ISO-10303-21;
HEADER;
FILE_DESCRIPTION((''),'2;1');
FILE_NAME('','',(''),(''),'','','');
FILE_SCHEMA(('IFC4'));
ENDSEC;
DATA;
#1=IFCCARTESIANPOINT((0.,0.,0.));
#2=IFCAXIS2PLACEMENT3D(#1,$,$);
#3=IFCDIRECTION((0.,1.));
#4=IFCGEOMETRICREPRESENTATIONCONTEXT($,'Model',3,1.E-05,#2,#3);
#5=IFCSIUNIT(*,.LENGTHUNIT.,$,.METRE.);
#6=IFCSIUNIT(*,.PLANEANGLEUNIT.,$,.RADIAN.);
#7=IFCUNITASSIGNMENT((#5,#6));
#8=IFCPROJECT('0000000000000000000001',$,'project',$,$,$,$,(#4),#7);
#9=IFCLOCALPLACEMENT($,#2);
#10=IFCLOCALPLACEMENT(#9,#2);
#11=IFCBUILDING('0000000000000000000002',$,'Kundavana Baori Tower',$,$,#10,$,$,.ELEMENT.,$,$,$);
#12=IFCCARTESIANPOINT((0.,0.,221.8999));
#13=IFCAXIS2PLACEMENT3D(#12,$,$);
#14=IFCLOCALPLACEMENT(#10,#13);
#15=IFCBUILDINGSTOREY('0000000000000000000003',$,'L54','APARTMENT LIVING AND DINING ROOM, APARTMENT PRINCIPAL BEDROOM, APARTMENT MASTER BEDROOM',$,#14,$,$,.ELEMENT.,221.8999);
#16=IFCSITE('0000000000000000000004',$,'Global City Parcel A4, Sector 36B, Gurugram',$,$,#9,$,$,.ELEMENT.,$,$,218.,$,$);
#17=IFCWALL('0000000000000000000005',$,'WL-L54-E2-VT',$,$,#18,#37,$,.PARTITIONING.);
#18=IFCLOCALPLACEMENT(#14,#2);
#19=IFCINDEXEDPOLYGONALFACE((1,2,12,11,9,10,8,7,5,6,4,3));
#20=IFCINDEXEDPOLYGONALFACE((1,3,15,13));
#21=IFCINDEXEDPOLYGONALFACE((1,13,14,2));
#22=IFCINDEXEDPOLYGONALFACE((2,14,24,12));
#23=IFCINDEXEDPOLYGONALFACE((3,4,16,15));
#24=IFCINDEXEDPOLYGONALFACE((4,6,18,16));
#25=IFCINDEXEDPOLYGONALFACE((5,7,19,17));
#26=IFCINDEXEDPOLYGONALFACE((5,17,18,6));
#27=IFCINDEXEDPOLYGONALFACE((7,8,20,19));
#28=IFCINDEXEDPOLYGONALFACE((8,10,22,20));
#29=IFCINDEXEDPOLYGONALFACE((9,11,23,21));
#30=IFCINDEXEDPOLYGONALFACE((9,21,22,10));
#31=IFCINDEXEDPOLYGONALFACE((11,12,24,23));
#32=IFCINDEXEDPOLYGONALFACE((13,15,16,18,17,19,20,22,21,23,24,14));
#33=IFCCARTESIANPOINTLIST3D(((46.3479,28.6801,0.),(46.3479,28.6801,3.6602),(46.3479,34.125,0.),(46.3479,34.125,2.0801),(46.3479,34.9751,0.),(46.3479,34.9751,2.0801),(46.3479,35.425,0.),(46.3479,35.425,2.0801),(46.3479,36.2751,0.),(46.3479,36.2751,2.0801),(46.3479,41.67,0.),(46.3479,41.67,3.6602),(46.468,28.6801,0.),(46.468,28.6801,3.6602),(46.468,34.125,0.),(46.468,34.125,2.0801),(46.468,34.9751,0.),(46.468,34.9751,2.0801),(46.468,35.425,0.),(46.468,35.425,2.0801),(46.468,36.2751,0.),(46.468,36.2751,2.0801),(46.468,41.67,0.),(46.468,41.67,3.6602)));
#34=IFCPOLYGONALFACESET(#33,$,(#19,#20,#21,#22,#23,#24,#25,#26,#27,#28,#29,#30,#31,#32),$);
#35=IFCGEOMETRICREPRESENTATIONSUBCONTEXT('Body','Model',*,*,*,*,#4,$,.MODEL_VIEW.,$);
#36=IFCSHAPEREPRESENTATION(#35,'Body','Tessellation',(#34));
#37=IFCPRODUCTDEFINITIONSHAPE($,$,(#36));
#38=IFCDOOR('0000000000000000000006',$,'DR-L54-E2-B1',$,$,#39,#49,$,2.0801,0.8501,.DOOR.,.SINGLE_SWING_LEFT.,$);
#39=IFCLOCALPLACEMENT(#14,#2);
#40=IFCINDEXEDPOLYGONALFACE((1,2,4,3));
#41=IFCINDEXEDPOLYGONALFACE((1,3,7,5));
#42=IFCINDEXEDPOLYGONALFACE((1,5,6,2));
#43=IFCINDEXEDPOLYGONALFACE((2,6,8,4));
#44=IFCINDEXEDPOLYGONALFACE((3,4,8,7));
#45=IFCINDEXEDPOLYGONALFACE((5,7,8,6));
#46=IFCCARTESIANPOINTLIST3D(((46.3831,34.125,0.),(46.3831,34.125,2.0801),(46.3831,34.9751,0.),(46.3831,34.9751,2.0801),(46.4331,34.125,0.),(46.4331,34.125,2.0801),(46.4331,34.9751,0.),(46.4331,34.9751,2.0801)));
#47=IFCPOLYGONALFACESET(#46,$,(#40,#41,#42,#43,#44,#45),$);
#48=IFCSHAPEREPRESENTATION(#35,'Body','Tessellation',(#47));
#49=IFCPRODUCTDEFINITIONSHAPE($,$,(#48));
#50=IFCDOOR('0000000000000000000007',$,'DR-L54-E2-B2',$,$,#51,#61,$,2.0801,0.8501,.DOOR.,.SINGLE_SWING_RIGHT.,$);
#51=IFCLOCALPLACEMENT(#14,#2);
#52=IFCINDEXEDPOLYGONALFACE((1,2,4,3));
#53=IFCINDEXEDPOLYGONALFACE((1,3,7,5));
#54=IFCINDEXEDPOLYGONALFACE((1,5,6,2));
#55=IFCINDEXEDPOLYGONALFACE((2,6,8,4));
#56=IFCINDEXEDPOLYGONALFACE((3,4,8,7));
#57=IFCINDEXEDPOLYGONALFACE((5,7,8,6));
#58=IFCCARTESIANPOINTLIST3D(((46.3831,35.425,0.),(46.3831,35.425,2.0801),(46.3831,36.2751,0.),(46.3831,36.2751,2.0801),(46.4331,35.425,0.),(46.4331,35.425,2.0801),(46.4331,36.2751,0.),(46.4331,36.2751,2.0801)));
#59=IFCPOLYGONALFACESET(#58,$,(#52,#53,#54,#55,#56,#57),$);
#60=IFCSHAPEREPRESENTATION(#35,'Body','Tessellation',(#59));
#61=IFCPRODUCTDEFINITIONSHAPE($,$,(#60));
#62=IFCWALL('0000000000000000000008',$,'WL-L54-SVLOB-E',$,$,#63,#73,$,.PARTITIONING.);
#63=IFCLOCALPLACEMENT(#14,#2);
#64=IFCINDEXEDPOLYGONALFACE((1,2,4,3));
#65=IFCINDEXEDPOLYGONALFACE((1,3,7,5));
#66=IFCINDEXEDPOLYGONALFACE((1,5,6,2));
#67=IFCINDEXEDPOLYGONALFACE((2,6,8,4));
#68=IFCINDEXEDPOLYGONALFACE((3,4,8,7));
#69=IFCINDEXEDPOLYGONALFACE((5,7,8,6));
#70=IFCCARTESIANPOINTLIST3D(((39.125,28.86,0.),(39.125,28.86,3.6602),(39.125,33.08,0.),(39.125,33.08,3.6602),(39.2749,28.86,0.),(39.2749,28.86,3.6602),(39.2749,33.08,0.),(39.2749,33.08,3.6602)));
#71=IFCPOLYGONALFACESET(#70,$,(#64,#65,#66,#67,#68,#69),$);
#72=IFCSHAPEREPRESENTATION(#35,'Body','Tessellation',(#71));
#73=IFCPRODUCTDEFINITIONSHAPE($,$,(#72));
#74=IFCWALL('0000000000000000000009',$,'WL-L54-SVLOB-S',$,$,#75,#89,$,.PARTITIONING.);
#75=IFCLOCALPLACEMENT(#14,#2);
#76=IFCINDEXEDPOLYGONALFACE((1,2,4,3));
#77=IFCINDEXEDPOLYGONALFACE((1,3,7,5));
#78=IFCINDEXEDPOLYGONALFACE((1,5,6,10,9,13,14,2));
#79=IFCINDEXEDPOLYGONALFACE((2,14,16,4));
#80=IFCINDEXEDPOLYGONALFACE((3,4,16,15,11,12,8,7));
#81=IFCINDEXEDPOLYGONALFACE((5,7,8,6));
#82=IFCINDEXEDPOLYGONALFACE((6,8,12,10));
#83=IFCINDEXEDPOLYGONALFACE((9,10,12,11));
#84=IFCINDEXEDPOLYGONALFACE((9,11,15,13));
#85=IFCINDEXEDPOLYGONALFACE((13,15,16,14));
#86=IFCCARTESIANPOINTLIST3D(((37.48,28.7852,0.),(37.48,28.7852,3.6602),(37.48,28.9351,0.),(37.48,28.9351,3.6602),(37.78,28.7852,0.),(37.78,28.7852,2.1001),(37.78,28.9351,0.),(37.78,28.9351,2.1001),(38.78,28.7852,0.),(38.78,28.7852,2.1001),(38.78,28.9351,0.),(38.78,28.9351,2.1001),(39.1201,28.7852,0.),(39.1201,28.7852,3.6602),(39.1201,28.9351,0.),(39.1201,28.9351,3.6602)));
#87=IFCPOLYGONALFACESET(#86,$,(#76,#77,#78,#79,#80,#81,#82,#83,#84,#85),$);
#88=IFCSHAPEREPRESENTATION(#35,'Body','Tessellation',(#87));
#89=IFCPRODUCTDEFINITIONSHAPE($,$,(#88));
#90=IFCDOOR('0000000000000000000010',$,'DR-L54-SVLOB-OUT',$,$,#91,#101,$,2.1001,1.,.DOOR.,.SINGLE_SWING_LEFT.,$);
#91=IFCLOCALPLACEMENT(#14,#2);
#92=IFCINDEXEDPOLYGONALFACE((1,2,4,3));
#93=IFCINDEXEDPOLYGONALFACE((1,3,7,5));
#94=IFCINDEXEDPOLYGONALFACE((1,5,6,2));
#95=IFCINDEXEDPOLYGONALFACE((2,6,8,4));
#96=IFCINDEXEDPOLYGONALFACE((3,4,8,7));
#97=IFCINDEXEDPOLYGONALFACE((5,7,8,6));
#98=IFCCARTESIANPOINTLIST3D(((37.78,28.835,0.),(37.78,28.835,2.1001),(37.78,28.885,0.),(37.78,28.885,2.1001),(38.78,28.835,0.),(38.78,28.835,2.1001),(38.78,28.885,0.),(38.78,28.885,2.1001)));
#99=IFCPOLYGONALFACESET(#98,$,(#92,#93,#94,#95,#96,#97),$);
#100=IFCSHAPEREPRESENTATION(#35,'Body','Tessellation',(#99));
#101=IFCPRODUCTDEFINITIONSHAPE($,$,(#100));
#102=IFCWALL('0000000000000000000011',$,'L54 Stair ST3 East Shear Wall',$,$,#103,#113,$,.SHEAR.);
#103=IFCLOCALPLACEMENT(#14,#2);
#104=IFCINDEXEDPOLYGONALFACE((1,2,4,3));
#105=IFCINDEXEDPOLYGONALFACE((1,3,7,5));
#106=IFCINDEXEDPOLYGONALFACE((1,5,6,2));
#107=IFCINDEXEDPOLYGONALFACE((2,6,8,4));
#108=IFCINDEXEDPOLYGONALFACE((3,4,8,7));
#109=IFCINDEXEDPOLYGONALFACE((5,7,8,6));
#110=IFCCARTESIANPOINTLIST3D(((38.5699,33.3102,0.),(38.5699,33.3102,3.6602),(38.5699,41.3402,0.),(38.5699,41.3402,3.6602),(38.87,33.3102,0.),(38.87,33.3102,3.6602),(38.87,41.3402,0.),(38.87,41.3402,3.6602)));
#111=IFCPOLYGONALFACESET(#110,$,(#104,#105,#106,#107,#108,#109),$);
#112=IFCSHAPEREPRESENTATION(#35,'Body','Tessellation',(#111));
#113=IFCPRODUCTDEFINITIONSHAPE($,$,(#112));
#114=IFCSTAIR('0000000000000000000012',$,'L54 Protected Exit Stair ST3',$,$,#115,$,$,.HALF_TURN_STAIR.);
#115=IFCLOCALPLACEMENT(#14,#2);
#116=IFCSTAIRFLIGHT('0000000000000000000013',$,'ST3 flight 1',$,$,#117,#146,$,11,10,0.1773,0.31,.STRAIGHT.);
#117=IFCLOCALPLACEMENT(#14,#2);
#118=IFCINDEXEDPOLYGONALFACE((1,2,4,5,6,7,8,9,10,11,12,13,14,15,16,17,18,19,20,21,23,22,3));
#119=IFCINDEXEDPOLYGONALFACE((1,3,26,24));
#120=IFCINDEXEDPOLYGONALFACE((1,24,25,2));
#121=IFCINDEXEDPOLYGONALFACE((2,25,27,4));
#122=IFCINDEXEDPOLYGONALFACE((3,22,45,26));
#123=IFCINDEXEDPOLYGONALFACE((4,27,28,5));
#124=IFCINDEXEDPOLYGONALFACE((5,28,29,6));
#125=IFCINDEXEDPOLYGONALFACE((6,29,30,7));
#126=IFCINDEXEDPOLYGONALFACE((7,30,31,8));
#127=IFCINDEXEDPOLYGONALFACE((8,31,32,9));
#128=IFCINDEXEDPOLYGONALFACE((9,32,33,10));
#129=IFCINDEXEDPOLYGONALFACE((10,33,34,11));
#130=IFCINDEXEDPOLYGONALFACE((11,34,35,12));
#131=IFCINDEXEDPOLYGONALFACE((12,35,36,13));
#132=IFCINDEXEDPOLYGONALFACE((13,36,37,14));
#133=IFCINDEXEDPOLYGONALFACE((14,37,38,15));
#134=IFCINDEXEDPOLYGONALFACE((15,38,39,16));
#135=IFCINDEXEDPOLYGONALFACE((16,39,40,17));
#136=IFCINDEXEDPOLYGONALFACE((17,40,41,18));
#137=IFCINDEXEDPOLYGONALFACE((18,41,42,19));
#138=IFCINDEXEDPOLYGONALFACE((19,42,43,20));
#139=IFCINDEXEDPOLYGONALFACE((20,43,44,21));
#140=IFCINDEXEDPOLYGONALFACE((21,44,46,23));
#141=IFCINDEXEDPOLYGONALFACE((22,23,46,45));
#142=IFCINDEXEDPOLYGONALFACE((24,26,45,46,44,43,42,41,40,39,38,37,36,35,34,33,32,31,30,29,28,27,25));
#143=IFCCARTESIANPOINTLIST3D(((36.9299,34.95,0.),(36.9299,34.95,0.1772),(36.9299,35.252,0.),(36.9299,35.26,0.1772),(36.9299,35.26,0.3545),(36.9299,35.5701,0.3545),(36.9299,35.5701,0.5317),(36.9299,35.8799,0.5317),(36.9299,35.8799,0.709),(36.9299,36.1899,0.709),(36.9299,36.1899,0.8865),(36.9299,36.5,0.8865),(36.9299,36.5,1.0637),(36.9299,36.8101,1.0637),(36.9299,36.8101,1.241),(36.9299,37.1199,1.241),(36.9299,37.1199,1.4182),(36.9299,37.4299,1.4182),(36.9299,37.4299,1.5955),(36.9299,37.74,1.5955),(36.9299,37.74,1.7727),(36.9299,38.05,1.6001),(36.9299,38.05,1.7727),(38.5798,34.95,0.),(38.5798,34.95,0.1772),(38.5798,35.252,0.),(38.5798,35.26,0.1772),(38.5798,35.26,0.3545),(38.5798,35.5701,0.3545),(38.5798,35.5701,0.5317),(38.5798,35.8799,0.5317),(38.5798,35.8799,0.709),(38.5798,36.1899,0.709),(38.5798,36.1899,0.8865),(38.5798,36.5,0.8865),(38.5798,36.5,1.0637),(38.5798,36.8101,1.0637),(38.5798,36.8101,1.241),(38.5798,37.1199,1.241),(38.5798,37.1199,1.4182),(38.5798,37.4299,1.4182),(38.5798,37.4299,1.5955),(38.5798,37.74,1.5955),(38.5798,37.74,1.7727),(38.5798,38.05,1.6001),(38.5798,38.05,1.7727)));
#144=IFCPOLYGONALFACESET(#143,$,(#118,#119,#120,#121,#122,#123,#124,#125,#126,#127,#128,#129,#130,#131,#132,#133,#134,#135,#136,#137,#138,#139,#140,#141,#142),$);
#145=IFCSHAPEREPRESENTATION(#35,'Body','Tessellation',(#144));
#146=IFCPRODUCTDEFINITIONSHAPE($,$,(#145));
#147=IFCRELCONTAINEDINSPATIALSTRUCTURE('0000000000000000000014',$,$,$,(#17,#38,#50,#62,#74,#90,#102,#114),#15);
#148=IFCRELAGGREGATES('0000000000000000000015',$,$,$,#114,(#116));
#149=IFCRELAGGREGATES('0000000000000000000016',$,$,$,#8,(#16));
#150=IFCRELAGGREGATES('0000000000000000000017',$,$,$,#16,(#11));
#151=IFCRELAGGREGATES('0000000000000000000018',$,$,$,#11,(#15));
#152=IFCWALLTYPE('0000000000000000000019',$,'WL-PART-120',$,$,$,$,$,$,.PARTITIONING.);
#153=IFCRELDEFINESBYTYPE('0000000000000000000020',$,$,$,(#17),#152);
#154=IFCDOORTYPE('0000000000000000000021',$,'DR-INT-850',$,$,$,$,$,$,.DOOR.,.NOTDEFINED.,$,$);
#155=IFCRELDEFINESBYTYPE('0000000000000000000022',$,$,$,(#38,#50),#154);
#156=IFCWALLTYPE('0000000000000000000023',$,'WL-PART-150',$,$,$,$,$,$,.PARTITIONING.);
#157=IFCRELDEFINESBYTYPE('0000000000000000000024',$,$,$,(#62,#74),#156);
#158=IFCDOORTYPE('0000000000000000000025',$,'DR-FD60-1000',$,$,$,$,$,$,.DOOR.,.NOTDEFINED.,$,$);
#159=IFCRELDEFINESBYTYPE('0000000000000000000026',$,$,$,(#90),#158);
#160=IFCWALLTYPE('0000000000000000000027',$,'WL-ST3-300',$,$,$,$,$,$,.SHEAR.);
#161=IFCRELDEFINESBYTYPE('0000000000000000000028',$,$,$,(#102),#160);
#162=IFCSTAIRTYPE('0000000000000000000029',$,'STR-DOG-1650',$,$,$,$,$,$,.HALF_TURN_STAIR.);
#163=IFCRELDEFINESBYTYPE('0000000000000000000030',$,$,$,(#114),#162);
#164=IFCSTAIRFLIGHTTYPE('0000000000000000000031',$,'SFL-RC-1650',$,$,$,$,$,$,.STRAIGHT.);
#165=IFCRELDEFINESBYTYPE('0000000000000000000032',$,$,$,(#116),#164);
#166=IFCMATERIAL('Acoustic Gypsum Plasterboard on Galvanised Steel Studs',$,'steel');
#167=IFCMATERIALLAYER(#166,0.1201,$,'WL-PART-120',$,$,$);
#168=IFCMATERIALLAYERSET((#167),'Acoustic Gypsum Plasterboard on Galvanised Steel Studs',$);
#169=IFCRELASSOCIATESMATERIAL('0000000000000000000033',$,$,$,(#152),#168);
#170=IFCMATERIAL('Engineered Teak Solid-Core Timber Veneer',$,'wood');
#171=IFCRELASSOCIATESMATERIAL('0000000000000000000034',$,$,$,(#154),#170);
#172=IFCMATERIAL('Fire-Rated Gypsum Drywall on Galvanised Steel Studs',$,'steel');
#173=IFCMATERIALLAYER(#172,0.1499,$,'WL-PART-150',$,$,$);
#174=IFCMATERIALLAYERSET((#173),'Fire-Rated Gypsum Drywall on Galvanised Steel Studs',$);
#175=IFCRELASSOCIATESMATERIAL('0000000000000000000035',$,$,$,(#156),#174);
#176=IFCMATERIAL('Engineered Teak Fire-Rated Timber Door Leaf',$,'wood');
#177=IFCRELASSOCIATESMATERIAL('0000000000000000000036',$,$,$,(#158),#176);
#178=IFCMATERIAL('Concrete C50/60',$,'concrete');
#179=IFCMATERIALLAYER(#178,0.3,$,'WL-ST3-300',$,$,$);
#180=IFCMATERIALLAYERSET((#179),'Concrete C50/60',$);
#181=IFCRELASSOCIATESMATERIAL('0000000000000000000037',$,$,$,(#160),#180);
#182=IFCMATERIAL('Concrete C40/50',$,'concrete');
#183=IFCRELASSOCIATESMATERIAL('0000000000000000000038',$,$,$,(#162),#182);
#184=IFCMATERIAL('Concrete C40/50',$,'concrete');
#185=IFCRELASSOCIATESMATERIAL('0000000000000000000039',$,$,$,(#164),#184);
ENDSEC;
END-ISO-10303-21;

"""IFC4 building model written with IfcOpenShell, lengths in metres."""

from ifc_helpers import new_model, si_unit, direction, frame, frame_2d, origin, place, context, subcontext, project, spatial, polyline, rectangle, outline, extrude, material, layer, layer_set, type_object, element, fill, aggregate, save


model = new_model("IFC4")

# Units and contexts
model_context = context("Model", 3, precision=1e-05, world=origin(), true_north=direction((0.0, 1.0)))
body_context = subcontext(model_context, "Body", "Model", "MODEL_VIEW")
ifc_project = project(units=[si_unit("LENGTHUNIT", "METRE"), si_unit("PLANEANGLEUNIT", "RADIAN")], contexts=[model_context])

# Site, building, storey
site_placement = place(None, origin())
site = spatial("IfcSite", under=ifc_project, at=site_placement, Name="Global City Parcel A4, Sector 36B, Gurugram", CompositionType="ELEMENT", RefElevation=218.0)
building_placement = place(site_placement, origin())
building = spatial("IfcBuilding", under=site, at=building_placement, Name="Kundavana Baori Tower", CompositionType="ELEMENT")
storey_placement = place(building_placement, frame((0.0, 0.0, 221.8999)))
storey = spatial("IfcBuildingStorey", under=building, at=storey_placement, Name="L54", Description="APARTMENT LIVING AND DINING ROOM, APARTMENT PRINCIPAL BEDROOM, APARTMENT MASTER BEDROOM", CompositionType="ELEMENT", Elevation=221.8999)

# Shared definitions
ifc_material_1 = material(Name="Acoustic Gypsum Plasterboard on Galvanised Steel Studs", Category="steel")
ifc_layer_1 = layer(ifc_material_1, 0.1201, Name="WL-PART-120")
ifc_layer_set_1 = layer_set([ifc_layer_1], Name="Acoustic Gypsum Plasterboard on Galvanised Steel Studs")
wall_type_1 = type_object("IfcWallType", Name="WL-PART-120", PredefinedType="PARTITIONING", material=ifc_layer_set_1)

# Wall, openings, doors
wall_1_placement = place(storey_placement, frame((46.408, 28.6799, 0.0), z_axis=(0.0, 0.0, 1.0), x_axis=(0.0, 1.0, 0.0)))
wall_1 = element("IfcWall", 1, at=wall_1_placement, inside=storey, type_object=wall_type_1, Name="WL-L54-E2-VT", PredefinedType="PARTITIONING", context=body_context, shape_type="SweptSolid", body=[
    extrude(rectangle(XDim=12.99, YDim=0.1201, at=frame_2d((6.4951, 0.0))), origin(), (0.0, 0.0, 1.0), 3.6602),
])
opening_1_placement = place(wall_1_placement, frame((5.4451, 0.0, 0.0)))
opening_1 = element("IfcOpeningElement", 2, at=opening_1_placement, cuts=wall_1, PredefinedType="OPENING", context=body_context, shape_type="SweptSolid", body=[
    extrude(rectangle(XDim=0.8501, YDim=2.0801, at=frame_2d((0.425, 1.04))), frame((0.0, 0.0701, 0.0), z_axis=(0.0, -1.0, 0.0), x_axis=(1.0, 0.0, 0.0)), (0.0, 0.0, 1.0), 0.1401),
])
opening_2_placement = place(wall_1_placement, frame((6.7451, 0.0, 0.0)))
opening_2 = element("IfcOpeningElement", 3, at=opening_2_placement, cuts=wall_1, PredefinedType="OPENING", context=body_context, shape_type="SweptSolid", body=[
    extrude(rectangle(XDim=0.8501, YDim=2.0801, at=frame_2d((0.425, 1.04))), frame((0.0, 0.0701, 0.0), z_axis=(0.0, -1.0, 0.0), x_axis=(1.0, 0.0, 0.0)), (0.0, 0.0, 1.0), 0.1401),
])
ifc_material_2 = material(Name="Engineered Teak Solid-Core Timber Veneer", Category="wood")
door_type_1 = type_object("IfcDoorType", Name="DR-INT-850", OperationType="NOTDEFINED", PredefinedType="DOOR", material=ifc_material_2)
door_1_placement = place(opening_1_placement, origin())
door_1 = element("IfcDoor", 4, at=door_1_placement, inside=storey, type_object=door_type_1, Name="DR-L54-E2-B1", OperationType="SINGLE_SWING_LEFT", OverallHeight=2.0801, OverallWidth=0.8501, PredefinedType="DOOR", context=body_context, shape_type="SweptSolid", body=[
    extrude(rectangle(XDim=0.8501, YDim=2.0801, at=frame_2d((0.425, 1.04))), frame((0.0, 0.0249, 0.0), z_axis=(0.0, -1.0, 0.0), x_axis=(1.0, 0.0, 0.0)), (0.0, 0.0, 1.0), 0.05),
])
fill(opening_1, door_1)
door_2_placement = place(opening_2_placement, origin())
door_2 = element("IfcDoor", 5, at=door_2_placement, inside=storey, type_object=door_type_1, Name="DR-L54-E2-B2", OperationType="SINGLE_SWING_RIGHT", OverallHeight=2.0801, OverallWidth=0.8501, PredefinedType="DOOR", context=body_context, shape_type="SweptSolid", body=[
    extrude(rectangle(XDim=0.8501, YDim=2.0801, at=frame_2d((0.425, 1.04))), frame((0.0, 0.0249, 0.0), z_axis=(0.0, -1.0, 0.0), x_axis=(1.0, 0.0, 0.0)), (0.0, 0.0, 1.0), 0.05),
])
fill(opening_2, door_2)

# Wall
ifc_material_3 = material(Name="Fire-Rated Gypsum Drywall on Galvanised Steel Studs", Category="steel")
ifc_layer_2 = layer(ifc_material_3, 0.1499, Name="WL-PART-150")
ifc_layer_set_2 = layer_set([ifc_layer_2], Name="Fire-Rated Gypsum Drywall on Galvanised Steel Studs")
wall_type_2 = type_object("IfcWallType", Name="WL-PART-150", PredefinedType="PARTITIONING", material=ifc_layer_set_2)
wall_2_placement = place(storey_placement, frame((39.2, 28.8601, 0.0), z_axis=(0.0, 0.0, 1.0), x_axis=(0.0, 1.0, 0.0)))
element("IfcWall", 6, at=wall_2_placement, inside=storey, type_object=wall_type_2, Name="WL-L54-SVLOB-E", PredefinedType="PARTITIONING", context=body_context, shape_type="SweptSolid", body=[
    extrude(rectangle(XDim=4.22, YDim=0.1499, at=frame_2d((2.1099, 0.0))), origin(), (0.0, 0.0, 1.0), 3.6602),
])

# Wall, opening, door
wall_3_placement = place(storey_placement, frame((37.48, 28.8601, 0.0), z_axis=(0.0, 0.0, 1.0), x_axis=(1.0, 0.0, 0.0)))
wall_3 = element("IfcWall", 7, at=wall_3_placement, inside=storey, type_object=wall_type_2, Name="WL-L54-SVLOB-S", PredefinedType="PARTITIONING", context=body_context, shape_type="SweptSolid", body=[
    extrude(rectangle(XDim=1.6401, YDim=0.1499, at=frame_2d((0.8201, 0.0))), origin(), (0.0, 0.0, 1.0), 3.6602),
])
opening_3_placement = place(wall_3_placement, frame((0.3, 0.0, 0.0)))
opening_3 = element("IfcOpeningElement", 8, at=opening_3_placement, cuts=wall_3, PredefinedType="OPENING", context=body_context, shape_type="SweptSolid", body=[
    extrude(rectangle(XDim=1.0, YDim=2.1001, at=frame_2d((0.5, 1.05))), frame((0.0, 0.085, 0.0), z_axis=(0.0, -1.0, 0.0), x_axis=(1.0, 0.0, 0.0)), (0.0, 0.0, 1.0), 0.1699),
])
ifc_material_4 = material(Name="Engineered Teak Fire-Rated Timber Door Leaf", Category="wood")
door_type_2 = type_object("IfcDoorType", Name="DR-FD60-1000", OperationType="NOTDEFINED", PredefinedType="DOOR", material=ifc_material_4)
door_3_placement = place(opening_3_placement, origin())
door_3 = element("IfcDoor", 9, at=door_3_placement, inside=storey, type_object=door_type_2, Name="DR-L54-SVLOB-OUT", OperationType="SINGLE_SWING_LEFT", OverallHeight=2.1001, OverallWidth=1.0, PredefinedType="DOOR", context=body_context, shape_type="SweptSolid", body=[
    extrude(rectangle(XDim=1.0, YDim=2.1001, at=frame_2d((0.5, 1.05))), frame((0.0, 0.0249, 0.0), z_axis=(0.0, -1.0, 0.0), x_axis=(1.0, 0.0, 0.0)), (0.0, 0.0, 1.0), 0.05),
])
fill(opening_3, door_3)

# Wall
ifc_material_5 = material(Name="Concrete C50/60", Category="concrete")
ifc_layer_3 = layer(ifc_material_5, 0.3, Name="WL-ST3-300")
ifc_layer_set_3 = layer_set([ifc_layer_3], Name="Concrete C50/60")
wall_type_3 = type_object("IfcWallType", Name="WL-ST3-300", PredefinedType="SHEAR", material=ifc_layer_set_3)
wall_4_placement = place(storey_placement, frame((38.72, 33.3101, 0.0), z_axis=(0.0, 0.0, 1.0), x_axis=(0.0, 1.0, 0.0)))
element("IfcWall", 10, at=wall_4_placement, inside=storey, type_object=wall_type_3, Name="L54 Stair ST3 East Shear Wall", PredefinedType="SHEAR", context=body_context, shape_type="SweptSolid", body=[
    extrude(rectangle(XDim=8.03, YDim=0.3, at=frame_2d((4.0151, 0.0))), origin(), (0.0, 0.0, 1.0), 3.6602),
])

# Stair, stair flight
ifc_material_6 = material(Name="Concrete C40/50", Category="concrete")
stair_type = type_object("IfcStairType", Name="STR-DOG-1650", PredefinedType="HALF_TURN_STAIR", material=ifc_material_6)
stair_placement = place(storey_placement, origin())
stair = element("IfcStair", 11, at=stair_placement, inside=storey, type_object=stair_type, Name="L54 Protected Exit Stair ST3", PredefinedType="HALF_TURN_STAIR")
ifc_material_7 = material(Name="Concrete C40/50", Category="concrete")
stair_flight_type = type_object("IfcStairFlightType", Name="SFL-RC-1650", PredefinedType="STRAIGHT", material=ifc_material_7)
stair_flight_placement = place(storey_placement, frame((37.7549, 34.95, 0.0), z_axis=(0.0, 0.0, 1.0), x_axis=(0.0, 1.0, 0.0)))
stair_flight = element("IfcStairFlight", 12, at=stair_flight_placement, type_object=stair_flight_type, Name="ST3 flight 1", NumberOfRisers=11, NumberOfTreads=10, PredefinedType="STRAIGHT", RiserHeight=0.1773, TreadLength=0.31, context=body_context, shape_type="SweptSolid", body=[
    extrude(outline(polyline([(0.0, 0.0), (0.0, 0.1772), (0.3101, 0.1772), (0.3101, 0.3545), (0.6201, 0.3545), (0.6201, 0.5317), (0.9299, 0.5317), (0.9299, 0.709), (1.24, 0.709), (1.24, 0.8865), (1.55, 0.8865), (1.55, 1.0637), (1.8601, 1.0637), (1.8601, 1.241), (2.1699, 1.241), (2.1699, 1.4182), (2.48, 1.4182), (2.48, 1.5955), (2.79, 1.5955), (2.79, 1.7727), (3.1001, 1.7727), (3.1001, 1.95), (3.1001, 1.6001), (0.302, 0.0), (0.0, 0.0)])), frame((0.0, 0.825, 0.0), z_axis=(0.0, -1.0, 0.0), x_axis=(1.0, 0.0, 0.0)), (0.0, 0.0, 1.0), 1.6499),
])
aggregate(stair, [stair_flight])

save(model, "model.ifc")
